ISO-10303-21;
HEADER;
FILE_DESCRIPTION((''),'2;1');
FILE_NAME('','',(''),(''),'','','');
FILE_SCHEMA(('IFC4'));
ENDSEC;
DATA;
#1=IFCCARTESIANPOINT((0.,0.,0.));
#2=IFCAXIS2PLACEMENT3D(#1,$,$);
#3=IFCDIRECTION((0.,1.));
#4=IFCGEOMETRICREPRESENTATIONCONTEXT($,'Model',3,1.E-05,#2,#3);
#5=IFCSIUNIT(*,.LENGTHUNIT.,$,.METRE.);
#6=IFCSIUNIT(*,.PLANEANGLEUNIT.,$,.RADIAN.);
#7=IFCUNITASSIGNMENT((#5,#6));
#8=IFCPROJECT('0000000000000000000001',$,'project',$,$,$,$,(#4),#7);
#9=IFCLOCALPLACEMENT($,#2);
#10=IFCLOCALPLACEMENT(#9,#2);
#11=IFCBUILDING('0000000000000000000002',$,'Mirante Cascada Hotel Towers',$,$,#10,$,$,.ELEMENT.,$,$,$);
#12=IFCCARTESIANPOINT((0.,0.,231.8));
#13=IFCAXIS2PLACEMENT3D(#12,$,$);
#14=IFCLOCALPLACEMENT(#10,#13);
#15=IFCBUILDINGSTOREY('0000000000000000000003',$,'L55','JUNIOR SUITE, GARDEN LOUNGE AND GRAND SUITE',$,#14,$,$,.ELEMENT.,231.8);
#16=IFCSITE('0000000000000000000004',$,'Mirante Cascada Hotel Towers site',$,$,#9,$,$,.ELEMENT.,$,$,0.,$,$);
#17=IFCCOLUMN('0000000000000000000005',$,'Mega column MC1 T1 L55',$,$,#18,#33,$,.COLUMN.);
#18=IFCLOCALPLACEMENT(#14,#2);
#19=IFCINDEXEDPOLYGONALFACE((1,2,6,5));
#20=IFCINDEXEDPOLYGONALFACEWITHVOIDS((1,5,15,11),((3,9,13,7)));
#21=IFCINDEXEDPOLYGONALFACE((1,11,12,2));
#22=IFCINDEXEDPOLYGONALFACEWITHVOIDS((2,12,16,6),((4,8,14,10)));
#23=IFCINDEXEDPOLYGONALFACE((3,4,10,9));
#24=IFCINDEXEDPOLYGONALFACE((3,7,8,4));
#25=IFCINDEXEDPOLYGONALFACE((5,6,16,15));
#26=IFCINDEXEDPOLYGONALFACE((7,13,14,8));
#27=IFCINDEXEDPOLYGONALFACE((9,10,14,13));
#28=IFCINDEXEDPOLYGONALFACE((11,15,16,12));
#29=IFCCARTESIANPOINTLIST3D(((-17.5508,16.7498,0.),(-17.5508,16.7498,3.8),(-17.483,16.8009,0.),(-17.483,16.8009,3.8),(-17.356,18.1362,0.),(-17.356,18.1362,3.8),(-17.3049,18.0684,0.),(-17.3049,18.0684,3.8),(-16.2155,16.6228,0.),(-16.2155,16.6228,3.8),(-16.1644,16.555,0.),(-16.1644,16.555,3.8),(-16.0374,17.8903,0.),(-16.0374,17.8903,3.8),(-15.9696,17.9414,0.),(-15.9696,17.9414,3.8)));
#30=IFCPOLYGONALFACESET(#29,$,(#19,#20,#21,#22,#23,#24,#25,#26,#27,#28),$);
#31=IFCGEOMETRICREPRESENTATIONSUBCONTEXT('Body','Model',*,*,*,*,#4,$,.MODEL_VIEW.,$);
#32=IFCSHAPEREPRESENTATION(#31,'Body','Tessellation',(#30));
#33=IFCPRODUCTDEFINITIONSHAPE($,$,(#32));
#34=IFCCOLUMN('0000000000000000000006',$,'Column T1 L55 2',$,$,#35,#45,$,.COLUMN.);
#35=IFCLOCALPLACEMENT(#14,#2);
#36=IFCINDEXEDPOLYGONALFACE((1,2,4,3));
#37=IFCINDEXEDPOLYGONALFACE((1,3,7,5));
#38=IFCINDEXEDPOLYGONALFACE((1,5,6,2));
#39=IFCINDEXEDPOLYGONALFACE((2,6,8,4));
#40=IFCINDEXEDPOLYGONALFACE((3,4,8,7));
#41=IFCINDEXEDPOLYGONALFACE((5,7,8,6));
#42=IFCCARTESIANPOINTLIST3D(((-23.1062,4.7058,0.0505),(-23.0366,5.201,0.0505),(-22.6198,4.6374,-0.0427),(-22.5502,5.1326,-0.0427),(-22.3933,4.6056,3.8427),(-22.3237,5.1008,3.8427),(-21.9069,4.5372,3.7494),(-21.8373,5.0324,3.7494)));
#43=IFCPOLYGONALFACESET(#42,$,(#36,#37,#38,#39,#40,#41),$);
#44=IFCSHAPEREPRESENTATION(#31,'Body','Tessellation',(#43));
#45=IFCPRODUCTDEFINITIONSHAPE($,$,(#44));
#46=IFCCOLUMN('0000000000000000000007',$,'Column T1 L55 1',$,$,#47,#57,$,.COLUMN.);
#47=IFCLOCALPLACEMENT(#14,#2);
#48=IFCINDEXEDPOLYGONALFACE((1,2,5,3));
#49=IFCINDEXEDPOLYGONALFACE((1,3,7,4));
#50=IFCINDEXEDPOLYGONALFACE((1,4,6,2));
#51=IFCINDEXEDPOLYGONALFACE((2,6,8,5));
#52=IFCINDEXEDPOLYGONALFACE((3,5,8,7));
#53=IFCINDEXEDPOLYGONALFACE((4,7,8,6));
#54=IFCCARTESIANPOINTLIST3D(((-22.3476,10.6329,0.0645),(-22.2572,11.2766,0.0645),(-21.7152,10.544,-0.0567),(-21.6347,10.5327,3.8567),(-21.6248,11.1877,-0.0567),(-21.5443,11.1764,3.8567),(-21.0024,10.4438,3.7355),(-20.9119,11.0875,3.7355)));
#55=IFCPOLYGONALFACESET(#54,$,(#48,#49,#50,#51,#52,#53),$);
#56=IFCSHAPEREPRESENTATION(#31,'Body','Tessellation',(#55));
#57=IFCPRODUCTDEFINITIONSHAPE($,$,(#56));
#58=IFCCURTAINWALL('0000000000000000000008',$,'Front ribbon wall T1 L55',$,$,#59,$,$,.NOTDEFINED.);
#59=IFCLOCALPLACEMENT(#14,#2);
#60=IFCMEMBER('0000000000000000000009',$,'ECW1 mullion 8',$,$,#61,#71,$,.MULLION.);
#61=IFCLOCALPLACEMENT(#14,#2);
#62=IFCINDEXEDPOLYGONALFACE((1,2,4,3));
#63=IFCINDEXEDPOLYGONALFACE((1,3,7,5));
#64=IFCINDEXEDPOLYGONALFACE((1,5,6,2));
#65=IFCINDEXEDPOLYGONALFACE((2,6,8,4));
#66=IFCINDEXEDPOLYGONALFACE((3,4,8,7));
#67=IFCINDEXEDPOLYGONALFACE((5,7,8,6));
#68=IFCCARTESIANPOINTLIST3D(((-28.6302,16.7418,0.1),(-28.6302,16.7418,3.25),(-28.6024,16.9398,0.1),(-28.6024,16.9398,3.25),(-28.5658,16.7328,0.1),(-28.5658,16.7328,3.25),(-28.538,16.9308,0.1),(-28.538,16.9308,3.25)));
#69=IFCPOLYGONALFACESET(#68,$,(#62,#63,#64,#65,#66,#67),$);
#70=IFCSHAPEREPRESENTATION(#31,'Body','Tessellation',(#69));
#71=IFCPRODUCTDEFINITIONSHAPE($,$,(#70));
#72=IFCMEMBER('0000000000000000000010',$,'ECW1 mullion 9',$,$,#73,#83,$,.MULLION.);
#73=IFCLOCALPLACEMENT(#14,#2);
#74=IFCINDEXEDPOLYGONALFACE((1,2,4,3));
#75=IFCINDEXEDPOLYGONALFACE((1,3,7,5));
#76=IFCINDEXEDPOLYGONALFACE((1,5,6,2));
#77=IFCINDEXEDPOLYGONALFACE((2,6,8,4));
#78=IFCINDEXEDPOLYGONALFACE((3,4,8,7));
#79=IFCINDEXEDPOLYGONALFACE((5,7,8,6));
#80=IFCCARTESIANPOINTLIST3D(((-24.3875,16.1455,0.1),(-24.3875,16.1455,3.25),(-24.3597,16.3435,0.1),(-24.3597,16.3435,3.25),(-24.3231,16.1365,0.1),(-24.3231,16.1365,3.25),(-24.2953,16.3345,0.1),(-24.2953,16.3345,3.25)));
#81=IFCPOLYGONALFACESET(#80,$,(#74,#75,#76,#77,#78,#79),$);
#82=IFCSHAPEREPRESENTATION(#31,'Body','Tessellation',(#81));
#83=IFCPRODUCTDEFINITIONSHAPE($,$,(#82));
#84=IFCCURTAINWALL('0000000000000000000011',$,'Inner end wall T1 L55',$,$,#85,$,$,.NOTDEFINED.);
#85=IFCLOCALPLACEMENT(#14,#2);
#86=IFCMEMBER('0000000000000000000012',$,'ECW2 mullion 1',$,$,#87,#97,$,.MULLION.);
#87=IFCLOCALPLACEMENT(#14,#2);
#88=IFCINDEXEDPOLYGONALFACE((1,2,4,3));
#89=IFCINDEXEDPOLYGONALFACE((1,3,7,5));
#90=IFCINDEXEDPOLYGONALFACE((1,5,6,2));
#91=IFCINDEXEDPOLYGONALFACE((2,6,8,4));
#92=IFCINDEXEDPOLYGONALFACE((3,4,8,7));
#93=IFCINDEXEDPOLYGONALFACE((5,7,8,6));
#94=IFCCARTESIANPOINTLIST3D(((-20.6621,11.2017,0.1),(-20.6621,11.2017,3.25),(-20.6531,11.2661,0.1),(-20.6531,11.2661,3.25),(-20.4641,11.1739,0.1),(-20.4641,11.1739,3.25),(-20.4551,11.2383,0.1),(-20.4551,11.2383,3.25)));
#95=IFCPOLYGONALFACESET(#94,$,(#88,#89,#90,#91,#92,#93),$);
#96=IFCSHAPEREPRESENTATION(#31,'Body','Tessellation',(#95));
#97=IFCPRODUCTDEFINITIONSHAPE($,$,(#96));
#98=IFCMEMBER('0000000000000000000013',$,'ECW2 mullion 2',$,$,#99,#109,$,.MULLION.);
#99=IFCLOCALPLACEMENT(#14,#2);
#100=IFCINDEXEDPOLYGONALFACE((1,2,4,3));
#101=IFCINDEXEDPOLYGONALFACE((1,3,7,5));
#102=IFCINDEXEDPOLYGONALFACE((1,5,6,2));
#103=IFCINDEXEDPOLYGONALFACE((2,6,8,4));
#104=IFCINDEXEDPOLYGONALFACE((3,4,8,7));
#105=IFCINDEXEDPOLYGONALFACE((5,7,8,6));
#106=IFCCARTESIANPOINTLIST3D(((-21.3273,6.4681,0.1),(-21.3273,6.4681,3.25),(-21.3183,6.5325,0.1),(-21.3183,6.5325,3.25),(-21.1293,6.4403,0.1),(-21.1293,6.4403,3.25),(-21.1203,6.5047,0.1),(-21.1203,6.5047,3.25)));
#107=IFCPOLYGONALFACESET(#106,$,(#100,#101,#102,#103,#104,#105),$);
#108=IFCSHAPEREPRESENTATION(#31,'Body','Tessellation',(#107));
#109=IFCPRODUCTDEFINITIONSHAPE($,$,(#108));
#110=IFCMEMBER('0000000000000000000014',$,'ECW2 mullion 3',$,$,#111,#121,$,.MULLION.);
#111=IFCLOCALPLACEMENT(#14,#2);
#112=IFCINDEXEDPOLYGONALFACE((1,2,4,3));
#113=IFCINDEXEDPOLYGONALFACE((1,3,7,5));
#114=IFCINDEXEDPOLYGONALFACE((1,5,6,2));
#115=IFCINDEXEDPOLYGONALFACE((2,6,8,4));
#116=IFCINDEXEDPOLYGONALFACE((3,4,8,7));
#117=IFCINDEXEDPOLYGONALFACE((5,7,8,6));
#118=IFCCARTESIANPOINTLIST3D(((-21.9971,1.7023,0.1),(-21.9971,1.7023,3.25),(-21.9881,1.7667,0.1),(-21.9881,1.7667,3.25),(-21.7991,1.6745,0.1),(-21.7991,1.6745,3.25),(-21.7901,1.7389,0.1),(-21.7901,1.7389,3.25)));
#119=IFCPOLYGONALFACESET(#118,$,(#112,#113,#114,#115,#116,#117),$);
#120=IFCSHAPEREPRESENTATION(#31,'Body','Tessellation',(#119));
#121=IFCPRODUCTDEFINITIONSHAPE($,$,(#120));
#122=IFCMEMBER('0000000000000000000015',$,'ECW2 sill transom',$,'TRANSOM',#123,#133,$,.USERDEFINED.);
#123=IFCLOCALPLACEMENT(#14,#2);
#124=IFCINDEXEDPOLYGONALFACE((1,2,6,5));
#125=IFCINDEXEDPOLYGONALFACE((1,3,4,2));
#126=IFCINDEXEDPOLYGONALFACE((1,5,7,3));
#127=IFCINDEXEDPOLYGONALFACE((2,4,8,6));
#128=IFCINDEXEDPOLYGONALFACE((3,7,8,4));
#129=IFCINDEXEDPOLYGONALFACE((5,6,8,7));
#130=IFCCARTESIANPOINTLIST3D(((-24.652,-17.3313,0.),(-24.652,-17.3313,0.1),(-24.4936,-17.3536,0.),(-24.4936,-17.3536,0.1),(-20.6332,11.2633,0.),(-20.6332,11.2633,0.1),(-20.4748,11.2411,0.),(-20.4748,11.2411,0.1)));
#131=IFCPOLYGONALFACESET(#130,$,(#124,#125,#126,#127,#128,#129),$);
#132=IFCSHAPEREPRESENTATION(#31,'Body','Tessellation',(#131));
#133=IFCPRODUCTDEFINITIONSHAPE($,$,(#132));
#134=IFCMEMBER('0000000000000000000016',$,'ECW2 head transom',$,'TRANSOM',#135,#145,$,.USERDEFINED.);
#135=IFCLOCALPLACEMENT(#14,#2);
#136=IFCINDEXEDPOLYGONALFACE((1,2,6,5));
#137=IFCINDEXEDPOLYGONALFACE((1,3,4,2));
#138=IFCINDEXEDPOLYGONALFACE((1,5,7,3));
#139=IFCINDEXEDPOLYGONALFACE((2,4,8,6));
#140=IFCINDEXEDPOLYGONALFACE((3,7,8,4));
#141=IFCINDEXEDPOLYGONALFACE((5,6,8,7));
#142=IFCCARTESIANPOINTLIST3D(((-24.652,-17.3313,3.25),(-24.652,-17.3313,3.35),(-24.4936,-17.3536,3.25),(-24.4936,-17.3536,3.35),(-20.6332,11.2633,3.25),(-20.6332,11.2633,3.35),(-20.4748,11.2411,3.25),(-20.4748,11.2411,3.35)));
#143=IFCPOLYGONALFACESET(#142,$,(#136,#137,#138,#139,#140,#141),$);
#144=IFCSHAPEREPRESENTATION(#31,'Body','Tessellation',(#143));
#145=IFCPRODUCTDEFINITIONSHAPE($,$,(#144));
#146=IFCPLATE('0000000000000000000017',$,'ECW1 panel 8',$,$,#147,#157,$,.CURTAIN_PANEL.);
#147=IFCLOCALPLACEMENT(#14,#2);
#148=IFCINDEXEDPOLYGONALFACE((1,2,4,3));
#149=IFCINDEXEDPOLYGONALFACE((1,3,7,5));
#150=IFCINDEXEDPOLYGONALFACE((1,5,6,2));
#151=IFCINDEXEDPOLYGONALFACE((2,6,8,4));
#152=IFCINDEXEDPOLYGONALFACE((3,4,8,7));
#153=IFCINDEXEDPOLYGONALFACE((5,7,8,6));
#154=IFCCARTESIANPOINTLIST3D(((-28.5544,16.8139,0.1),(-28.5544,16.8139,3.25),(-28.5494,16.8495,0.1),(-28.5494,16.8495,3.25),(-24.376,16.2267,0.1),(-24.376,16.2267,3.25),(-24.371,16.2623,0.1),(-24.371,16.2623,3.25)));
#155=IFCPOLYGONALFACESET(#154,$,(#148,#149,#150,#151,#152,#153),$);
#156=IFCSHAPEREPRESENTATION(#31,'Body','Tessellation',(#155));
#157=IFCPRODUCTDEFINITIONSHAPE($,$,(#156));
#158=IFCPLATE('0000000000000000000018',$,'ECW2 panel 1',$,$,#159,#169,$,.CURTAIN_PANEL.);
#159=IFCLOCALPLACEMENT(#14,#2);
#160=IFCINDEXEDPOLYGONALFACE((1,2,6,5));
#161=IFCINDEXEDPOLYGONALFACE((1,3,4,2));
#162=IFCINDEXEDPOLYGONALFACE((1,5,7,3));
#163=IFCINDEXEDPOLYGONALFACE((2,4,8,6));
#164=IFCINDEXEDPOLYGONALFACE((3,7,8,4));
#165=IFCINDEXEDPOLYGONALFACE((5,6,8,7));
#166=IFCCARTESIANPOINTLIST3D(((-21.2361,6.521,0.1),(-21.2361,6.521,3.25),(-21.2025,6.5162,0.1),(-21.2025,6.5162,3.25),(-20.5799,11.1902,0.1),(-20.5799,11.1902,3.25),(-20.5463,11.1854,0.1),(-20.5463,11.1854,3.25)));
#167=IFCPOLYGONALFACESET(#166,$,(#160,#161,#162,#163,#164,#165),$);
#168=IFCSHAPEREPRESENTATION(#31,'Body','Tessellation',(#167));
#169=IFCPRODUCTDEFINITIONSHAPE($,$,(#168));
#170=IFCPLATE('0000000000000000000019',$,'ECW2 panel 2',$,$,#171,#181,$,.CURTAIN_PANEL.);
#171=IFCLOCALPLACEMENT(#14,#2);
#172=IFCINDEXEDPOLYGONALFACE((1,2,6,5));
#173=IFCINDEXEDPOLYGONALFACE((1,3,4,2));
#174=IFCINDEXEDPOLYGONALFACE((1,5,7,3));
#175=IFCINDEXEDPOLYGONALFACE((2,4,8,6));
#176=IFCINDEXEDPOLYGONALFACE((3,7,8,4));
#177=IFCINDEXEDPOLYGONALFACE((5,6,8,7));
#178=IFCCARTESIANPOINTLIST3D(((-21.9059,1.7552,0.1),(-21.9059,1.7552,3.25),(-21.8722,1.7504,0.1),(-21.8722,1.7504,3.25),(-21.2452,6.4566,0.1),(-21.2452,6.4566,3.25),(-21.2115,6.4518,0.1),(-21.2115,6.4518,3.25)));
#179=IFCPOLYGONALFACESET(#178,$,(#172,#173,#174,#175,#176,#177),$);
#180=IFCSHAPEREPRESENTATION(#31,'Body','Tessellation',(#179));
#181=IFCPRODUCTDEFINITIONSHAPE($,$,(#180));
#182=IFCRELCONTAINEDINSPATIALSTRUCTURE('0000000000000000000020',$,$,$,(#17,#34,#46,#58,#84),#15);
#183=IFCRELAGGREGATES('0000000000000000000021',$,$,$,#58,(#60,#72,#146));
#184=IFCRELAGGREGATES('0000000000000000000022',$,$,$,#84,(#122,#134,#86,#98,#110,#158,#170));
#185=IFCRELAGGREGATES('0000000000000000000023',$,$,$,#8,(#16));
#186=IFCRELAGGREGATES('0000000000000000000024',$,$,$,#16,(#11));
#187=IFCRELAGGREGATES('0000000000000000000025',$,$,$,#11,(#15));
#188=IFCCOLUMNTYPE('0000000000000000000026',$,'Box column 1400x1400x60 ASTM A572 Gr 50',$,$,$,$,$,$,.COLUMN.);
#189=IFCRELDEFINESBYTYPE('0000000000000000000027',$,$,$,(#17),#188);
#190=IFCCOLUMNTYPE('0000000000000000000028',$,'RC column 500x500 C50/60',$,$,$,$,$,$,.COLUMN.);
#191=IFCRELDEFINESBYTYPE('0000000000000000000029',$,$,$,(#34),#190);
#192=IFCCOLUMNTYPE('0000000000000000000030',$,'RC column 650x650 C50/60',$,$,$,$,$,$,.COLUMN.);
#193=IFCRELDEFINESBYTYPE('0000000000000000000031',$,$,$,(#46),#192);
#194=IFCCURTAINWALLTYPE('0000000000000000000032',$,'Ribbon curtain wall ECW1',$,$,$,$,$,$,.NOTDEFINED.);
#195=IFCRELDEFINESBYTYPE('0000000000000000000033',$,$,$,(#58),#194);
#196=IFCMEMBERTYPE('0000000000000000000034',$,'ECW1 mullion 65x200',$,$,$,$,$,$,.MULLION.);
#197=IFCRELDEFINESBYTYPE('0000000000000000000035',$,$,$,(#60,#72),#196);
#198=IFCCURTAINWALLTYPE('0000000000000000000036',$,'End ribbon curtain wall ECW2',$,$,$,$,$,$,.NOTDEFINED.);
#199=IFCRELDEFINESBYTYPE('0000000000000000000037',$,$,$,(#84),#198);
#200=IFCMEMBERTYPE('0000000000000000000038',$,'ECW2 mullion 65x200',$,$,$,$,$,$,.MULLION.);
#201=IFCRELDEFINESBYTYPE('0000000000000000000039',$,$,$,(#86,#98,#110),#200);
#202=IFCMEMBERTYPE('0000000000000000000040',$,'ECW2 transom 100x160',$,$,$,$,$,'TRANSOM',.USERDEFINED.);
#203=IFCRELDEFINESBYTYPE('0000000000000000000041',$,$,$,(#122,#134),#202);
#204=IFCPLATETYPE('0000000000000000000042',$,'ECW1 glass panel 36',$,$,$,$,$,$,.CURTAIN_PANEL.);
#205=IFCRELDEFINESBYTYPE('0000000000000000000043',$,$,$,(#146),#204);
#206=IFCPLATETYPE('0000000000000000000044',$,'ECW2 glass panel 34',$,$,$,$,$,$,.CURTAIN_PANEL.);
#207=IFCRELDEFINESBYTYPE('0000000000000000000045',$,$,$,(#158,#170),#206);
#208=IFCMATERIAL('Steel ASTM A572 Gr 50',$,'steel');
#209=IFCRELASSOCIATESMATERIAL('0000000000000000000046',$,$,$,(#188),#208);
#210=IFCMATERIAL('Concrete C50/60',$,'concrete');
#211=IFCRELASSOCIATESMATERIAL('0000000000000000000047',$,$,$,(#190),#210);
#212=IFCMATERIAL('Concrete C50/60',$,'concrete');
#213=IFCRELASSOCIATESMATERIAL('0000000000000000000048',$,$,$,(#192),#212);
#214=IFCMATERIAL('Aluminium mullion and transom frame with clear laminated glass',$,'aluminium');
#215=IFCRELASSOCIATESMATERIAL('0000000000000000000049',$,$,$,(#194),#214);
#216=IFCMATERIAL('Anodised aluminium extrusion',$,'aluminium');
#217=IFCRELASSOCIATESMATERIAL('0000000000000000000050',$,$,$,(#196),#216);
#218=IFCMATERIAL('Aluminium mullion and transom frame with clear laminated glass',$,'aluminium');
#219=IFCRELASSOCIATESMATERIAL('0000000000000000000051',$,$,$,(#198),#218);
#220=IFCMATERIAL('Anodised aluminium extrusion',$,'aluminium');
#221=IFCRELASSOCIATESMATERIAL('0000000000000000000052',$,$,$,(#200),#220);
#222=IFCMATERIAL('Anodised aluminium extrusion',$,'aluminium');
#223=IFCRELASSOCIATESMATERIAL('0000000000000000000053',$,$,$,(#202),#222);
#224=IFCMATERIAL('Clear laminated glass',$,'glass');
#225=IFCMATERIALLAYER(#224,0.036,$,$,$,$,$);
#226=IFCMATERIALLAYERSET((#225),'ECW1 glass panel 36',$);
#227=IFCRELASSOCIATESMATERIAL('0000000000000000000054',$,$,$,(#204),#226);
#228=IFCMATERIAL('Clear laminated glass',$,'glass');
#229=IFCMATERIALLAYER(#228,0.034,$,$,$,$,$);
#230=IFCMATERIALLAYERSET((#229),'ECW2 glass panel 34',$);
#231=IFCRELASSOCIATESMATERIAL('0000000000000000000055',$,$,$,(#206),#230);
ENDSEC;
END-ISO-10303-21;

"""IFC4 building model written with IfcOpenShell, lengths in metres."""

from ifc_helpers import new_model, si_unit, direction, frame, origin, origin_2d, place, context, subcontext, project, spatial, rectangle, hollow_rectangle, extrude, material, layer, layer_set, material_profile, profile_set, type_object, element, aggregate, save


model = new_model("IFC4")

# Units and contexts
model_context = context("Model", 3, precision=1e-05, world=origin(), true_north=direction((0.0, 1.0)))
body_context = subcontext(model_context, "Body", "Model", "MODEL_VIEW")
ifc_project = project(units=[si_unit("LENGTHUNIT", "METRE"), si_unit("PLANEANGLEUNIT", "RADIAN")], contexts=[model_context])

# Site, building, storey
site_placement = place(None, origin())
site = spatial("IfcSite", under=ifc_project, at=site_placement, Name="Mirante Cascada Hotel Towers site", CompositionType="ELEMENT", RefElevation=0.0)
building_placement = place(site_placement, origin())
building = spatial("IfcBuilding", under=site, at=building_placement, Name="Mirante Cascada Hotel Towers", CompositionType="ELEMENT")
storey_placement = place(building_placement, frame((0.0, 0.0, 231.8)))
storey = spatial("IfcBuildingStorey", under=building, at=storey_placement, Name="L55", Description="JUNIOR SUITE, GARDEN LOUNGE AND GRAND SUITE", CompositionType="ELEMENT", Elevation=231.8)

# Columns
ifc_material_1 = material(Name="Steel ASTM A572 Gr 50", Category="steel")
ifc_material_profile_1 = material_profile(ifc_material_1, hollow_rectangle(XDim=1.4, YDim=1.4, WallThickness=0.06, at=origin_2d()), Name="Box column 1400x1400x60 ASTM A572 Gr 50")
ifc_profile_set_1 = profile_set([ifc_material_profile_1], Name="Steel ASTM A572 Gr 50")
column_type_1 = type_object("IfcColumnType", Name="Box column 1400x1400x60 ASTM A572 Gr 50", PredefinedType="COLUMN", material=ifc_profile_set_1)
column_1_placement = place(storey_placement, frame((-16.7602, 17.3456, 0.0), z_axis=(0.0, 0.0, 1.0), x_axis=(-0.990268, 0.139173, 0.0)))
element("IfcColumn", 1, at=column_1_placement, inside=storey, type_object=column_type_1, Name="Mega column MC1 T1 L55", PredefinedType="COLUMN", context=body_context, shape_type="SweptSolid", body=[
    extrude(hollow_rectangle(XDim=1.4, YDim=1.4, WallThickness=0.06, at=origin_2d()), origin(), (0.0, 0.0, 1.0), 3.8),
])
ifc_material_2 = material(Name="Concrete C50/60", Category="concrete")
ifc_material_profile_2 = material_profile(ifc_material_2, rectangle(XDim=0.5, YDim=0.5, at=origin_2d()), Name="RC column 500x500 C50/60")
ifc_profile_set_2 = profile_set([ifc_material_profile_2], Name="Concrete C50/60")
column_type_2 = type_object("IfcColumnType", Name="RC column 500x500 C50/60", PredefinedType="COLUMN", material=ifc_profile_set_2)
column_2_placement = place(storey_placement, frame((-22.8282, 4.9192, 0.0039), z_axis=(0.184693, -0.025959, 0.982453), x_axis=(0.139185, 0.990267, 0.0)))
element("IfcColumn", 2, at=column_2_placement, inside=storey, type_object=column_type_2, Name="Column T1 L55 2", PredefinedType="COLUMN", context=body_context, shape_type="SweptSolid", body=[
    extrude(rectangle(XDim=0.5, YDim=0.5, at=origin_2d()), origin(), (0.0, 0.0, 1.0), 3.8599),
])
ifc_material_3 = material(Name="Concrete C50/60", Category="concrete")
ifc_material_profile_3 = material_profile(ifc_material_3, rectangle(XDim=0.65, YDim=0.65, at=origin_2d()), Name="RC column 650x650 C50/60")
ifc_profile_set_3 = profile_set([ifc_material_profile_3], Name="Concrete C50/60")
column_type_3 = type_object("IfcColumnType", Name="RC column 650x650 C50/60", PredefinedType="COLUMN", material=ifc_profile_set_3)
column_3_placement = place(storey_placement, frame((-21.9862, 10.9103, 0.0039), z_axis=(0.184693, -0.025959, 0.982453), x_axis=(0.139185, 0.990267, 0.0)))
element("IfcColumn", 3, at=column_3_placement, inside=storey, type_object=column_type_3, Name="Column T1 L55 1", PredefinedType="COLUMN", context=body_context, shape_type="SweptSolid", body=[
    extrude(rectangle(XDim=0.65, YDim=0.65, at=origin_2d()), origin(), (0.0, 0.0, 1.0), 3.8599),
])

# Curtain walls, members
ifc_material_4 = material(Name="Aluminium mullion and transom frame with clear laminated glass", Category="aluminium")
curtain_wall_type_1 = type_object("IfcCurtainWallType", Name="Ribbon curtain wall ECW1", PredefinedType="NOTDEFINED", material=ifc_material_4)
curtain_wall_1_placement = place(storey_placement, origin())
curtain_wall_1 = element("IfcCurtainWall", 4, at=curtain_wall_1_placement, inside=storey, type_object=curtain_wall_type_1, Name="Front ribbon wall T1 L55", PredefinedType="NOTDEFINED")
ifc_material_5 = material(Name="Anodised aluminium extrusion", Category="aluminium")
ifc_material_profile_4 = material_profile(ifc_material_5, rectangle(XDim=0.2, YDim=0.065, at=origin_2d()), Name="ECW1 MULLION 65x200")
ifc_profile_set_4 = profile_set([ifc_material_profile_4], Name="Anodised aluminium extrusion")
member_type_1 = type_object("IfcMemberType", Name="ECW1 mullion 65x200", PredefinedType="MULLION", material=ifc_profile_set_4)
member_1_placement = place(storey_placement, frame((-28.5841, 16.8363, 0.1), z_axis=(0.0, 0.0, 1.0), x_axis=(0.139173, 0.990268, 0.0)))
member_1 = element("IfcMember", 5, at=member_1_placement, type_object=member_type_1, Name="ECW1 mullion 8", PredefinedType="MULLION", context=body_context, shape_type="SweptSolid", body=[
    extrude(rectangle(XDim=0.2, YDim=0.065, at=origin_2d()), origin(), (0.0, 0.0, 1.0), 3.15),
])
member_2_placement = place(storey_placement, frame((-24.3414, 16.24, 0.1), z_axis=(0.0, 0.0, 1.0), x_axis=(0.139173, 0.990268, 0.0)))
member_2 = element("IfcMember", 6, at=member_2_placement, type_object=member_type_1, Name="ECW1 mullion 9", PredefinedType="MULLION", context=body_context, shape_type="SweptSolid", body=[
    extrude(rectangle(XDim=0.2, YDim=0.065, at=origin_2d()), origin(), (0.0, 0.0, 1.0), 3.15),
])
ifc_material_6 = material(Name="Aluminium mullion and transom frame with clear laminated glass", Category="aluminium")
curtain_wall_type_2 = type_object("IfcCurtainWallType", Name="End ribbon curtain wall ECW2", PredefinedType="NOTDEFINED", material=ifc_material_6)
curtain_wall_2_placement = place(storey_placement, origin())
curtain_wall_2 = element("IfcCurtainWall", 7, at=curtain_wall_2_placement, inside=storey, type_object=curtain_wall_type_2, Name="Inner end wall T1 L55", PredefinedType="NOTDEFINED")
ifc_material_7 = material(Name="Anodised aluminium extrusion", Category="aluminium")
ifc_material_profile_5 = material_profile(ifc_material_7, rectangle(XDim=0.2, YDim=0.065, at=origin_2d()), Name="ECW2 MULLION 65x200")
ifc_profile_set_5 = profile_set([ifc_material_profile_5], Name="Anodised aluminium extrusion")
member_type_2 = type_object("IfcMemberType", Name="ECW2 mullion 65x200", PredefinedType="MULLION", material=ifc_profile_set_5)
member_3_placement = place(storey_placement, frame((-20.5586, 11.22, 0.1), z_axis=(0.0, 0.0, 1.0), x_axis=(0.990268, -0.139173, 0.0)))
member_3 = element("IfcMember", 8, at=member_3_placement, type_object=member_type_2, Name="ECW2 mullion 1", PredefinedType="MULLION", context=body_context, shape_type="SweptSolid", body=[
    extrude(rectangle(XDim=0.2, YDim=0.065, at=origin_2d()), origin(), (0.0, 0.0, 1.0), 3.15),
])
member_4_placement = place(storey_placement, frame((-21.2238, 6.4864, 0.1), z_axis=(0.0, 0.0, 1.0), x_axis=(0.990268, -0.139173, 0.0)))
member_4 = element("IfcMember", 9, at=member_4_placement, type_object=member_type_2, Name="ECW2 mullion 2", PredefinedType="MULLION", context=body_context, shape_type="SweptSolid", body=[
    extrude(rectangle(XDim=0.2, YDim=0.065, at=origin_2d()), origin(), (0.0, 0.0, 1.0), 3.15),
])
member_5_placement = place(storey_placement, frame((-21.8936, 1.7206, 0.1), z_axis=(0.0, 0.0, 1.0), x_axis=(0.990268, -0.139173, 0.0)))
member_5 = element("IfcMember", 10, at=member_5_placement, type_object=member_type_2, Name="ECW2 mullion 3", PredefinedType="MULLION", context=body_context, shape_type="SweptSolid", body=[
    extrude(rectangle(XDim=0.2, YDim=0.065, at=origin_2d()), origin(), (0.0, 0.0, 1.0), 3.15),
])
ifc_material_8 = material(Name="Anodised aluminium extrusion", Category="aluminium")
ifc_material_profile_6 = material_profile(ifc_material_8, rectangle(XDim=0.16, YDim=0.1, at=origin_2d()), Name="ECW2 TRANSOM 100x160")
ifc_profile_set_6 = profile_set([ifc_material_profile_6], Name="Anodised aluminium extrusion")
member_type_3 = type_object("IfcMemberType", Name="ECW2 transom 100x160", ElementType="TRANSOM", PredefinedType="USERDEFINED", material=ifc_profile_set_6)
member_6_placement = place(storey_placement, frame((-20.554, 11.2522, 0.05), z_axis=(-0.139176, -0.990268, 0.0), x_axis=(0.990268, -0.139176, 0.0)))
member_6 = element("IfcMember", 11, at=member_6_placement, type_object=member_type_3, Name="ECW2 sill transom", ObjectType="TRANSOM", PredefinedType="USERDEFINED", context=body_context, shape_type="SweptSolid", body=[
    extrude(rectangle(XDim=0.16, YDim=0.1, at=origin_2d()), origin(), (0.0, 0.0, 1.0), 28.8757),
])
member_7_placement = place(storey_placement, frame((-20.554, 11.2522, 3.3), z_axis=(-0.139176, -0.990268, 0.0), x_axis=(0.990268, -0.139176, 0.0)))
member_7 = element("IfcMember", 12, at=member_7_placement, type_object=member_type_3, Name="ECW2 head transom", ObjectType="TRANSOM", PredefinedType="USERDEFINED", context=body_context, shape_type="SweptSolid", body=[
    extrude(rectangle(XDim=0.16, YDim=0.1, at=origin_2d()), origin(), (0.0, 0.0, 1.0), 28.8757),
])

# Plates
ifc_material_9 = material(Name="Clear laminated glass", Category="glass")
ifc_layer_1 = layer(ifc_material_9, 0.036)
ifc_layer_set_1 = layer_set([ifc_layer_1], Name="ECW1 glass panel 36")
plate_type_1 = type_object("IfcPlateType", Name="ECW1 glass panel 36", PredefinedType="CURTAIN_PANEL", material=ifc_layer_set_1)
plate_1_placement = place(storey_placement, frame((-26.4627, 16.5381, 0.1), z_axis=(0.0, 0.0, 1.0), x_axis=(0.990268, -0.139173, 0.0)))
plate_1 = element("IfcPlate", 13, at=plate_1_placement, type_object=plate_type_1, Name="ECW1 panel 8", PredefinedType="CURTAIN_PANEL", context=body_context, shape_type="SweptSolid", body=[
    extrude(rectangle(XDim=4.2194, YDim=0.036, at=origin_2d()), origin(), (0.0, 0.0, 1.0), 3.15),
])
aggregate(curtain_wall_1, [member_1, member_2, plate_1])
ifc_material_10 = material(Name="Clear laminated glass", Category="glass")
ifc_layer_2 = layer(ifc_material_10, 0.034)
ifc_layer_set_2 = layer_set([ifc_layer_2], Name="ECW2 glass panel 34")
plate_type_2 = type_object("IfcPlateType", Name="ECW2 glass panel 34", PredefinedType="CURTAIN_PANEL", material=ifc_layer_set_2)
plate_2_placement = place(storey_placement, frame((-20.8912, 8.8532, 0.1), z_axis=(0.0, 0.0, 1.0), x_axis=(-0.139173, -0.990268, 0.0)))
plate_2 = element("IfcPlate", 14, at=plate_2_placement, type_object=plate_type_2, Name="ECW2 panel 1", PredefinedType="CURTAIN_PANEL", context=body_context, shape_type="SweptSolid", body=[
    extrude(rectangle(XDim=4.7151, YDim=0.034, at=origin_2d()), origin(), (0.0, 0.0, 1.0), 3.15),
])
plate_3_placement = place(storey_placement, frame((-21.5587, 4.1035, 0.1), z_axis=(0.0, 0.0, 1.0), x_axis=(-0.139173, -0.990268, 0.0)))
plate_3 = element("IfcPlate", 15, at=plate_3_placement, type_object=plate_type_2, Name="ECW2 panel 2", PredefinedType="CURTAIN_PANEL", context=body_context, shape_type="SweptSolid", body=[
    extrude(rectangle(XDim=4.7476, YDim=0.034, at=origin_2d()), origin(), (0.0, 0.0, 1.0), 3.15),
])
aggregate(curtain_wall_2, [member_6, member_7, member_3, member_4, member_5, plate_2, plate_3])

save(model, "model.ifc")
